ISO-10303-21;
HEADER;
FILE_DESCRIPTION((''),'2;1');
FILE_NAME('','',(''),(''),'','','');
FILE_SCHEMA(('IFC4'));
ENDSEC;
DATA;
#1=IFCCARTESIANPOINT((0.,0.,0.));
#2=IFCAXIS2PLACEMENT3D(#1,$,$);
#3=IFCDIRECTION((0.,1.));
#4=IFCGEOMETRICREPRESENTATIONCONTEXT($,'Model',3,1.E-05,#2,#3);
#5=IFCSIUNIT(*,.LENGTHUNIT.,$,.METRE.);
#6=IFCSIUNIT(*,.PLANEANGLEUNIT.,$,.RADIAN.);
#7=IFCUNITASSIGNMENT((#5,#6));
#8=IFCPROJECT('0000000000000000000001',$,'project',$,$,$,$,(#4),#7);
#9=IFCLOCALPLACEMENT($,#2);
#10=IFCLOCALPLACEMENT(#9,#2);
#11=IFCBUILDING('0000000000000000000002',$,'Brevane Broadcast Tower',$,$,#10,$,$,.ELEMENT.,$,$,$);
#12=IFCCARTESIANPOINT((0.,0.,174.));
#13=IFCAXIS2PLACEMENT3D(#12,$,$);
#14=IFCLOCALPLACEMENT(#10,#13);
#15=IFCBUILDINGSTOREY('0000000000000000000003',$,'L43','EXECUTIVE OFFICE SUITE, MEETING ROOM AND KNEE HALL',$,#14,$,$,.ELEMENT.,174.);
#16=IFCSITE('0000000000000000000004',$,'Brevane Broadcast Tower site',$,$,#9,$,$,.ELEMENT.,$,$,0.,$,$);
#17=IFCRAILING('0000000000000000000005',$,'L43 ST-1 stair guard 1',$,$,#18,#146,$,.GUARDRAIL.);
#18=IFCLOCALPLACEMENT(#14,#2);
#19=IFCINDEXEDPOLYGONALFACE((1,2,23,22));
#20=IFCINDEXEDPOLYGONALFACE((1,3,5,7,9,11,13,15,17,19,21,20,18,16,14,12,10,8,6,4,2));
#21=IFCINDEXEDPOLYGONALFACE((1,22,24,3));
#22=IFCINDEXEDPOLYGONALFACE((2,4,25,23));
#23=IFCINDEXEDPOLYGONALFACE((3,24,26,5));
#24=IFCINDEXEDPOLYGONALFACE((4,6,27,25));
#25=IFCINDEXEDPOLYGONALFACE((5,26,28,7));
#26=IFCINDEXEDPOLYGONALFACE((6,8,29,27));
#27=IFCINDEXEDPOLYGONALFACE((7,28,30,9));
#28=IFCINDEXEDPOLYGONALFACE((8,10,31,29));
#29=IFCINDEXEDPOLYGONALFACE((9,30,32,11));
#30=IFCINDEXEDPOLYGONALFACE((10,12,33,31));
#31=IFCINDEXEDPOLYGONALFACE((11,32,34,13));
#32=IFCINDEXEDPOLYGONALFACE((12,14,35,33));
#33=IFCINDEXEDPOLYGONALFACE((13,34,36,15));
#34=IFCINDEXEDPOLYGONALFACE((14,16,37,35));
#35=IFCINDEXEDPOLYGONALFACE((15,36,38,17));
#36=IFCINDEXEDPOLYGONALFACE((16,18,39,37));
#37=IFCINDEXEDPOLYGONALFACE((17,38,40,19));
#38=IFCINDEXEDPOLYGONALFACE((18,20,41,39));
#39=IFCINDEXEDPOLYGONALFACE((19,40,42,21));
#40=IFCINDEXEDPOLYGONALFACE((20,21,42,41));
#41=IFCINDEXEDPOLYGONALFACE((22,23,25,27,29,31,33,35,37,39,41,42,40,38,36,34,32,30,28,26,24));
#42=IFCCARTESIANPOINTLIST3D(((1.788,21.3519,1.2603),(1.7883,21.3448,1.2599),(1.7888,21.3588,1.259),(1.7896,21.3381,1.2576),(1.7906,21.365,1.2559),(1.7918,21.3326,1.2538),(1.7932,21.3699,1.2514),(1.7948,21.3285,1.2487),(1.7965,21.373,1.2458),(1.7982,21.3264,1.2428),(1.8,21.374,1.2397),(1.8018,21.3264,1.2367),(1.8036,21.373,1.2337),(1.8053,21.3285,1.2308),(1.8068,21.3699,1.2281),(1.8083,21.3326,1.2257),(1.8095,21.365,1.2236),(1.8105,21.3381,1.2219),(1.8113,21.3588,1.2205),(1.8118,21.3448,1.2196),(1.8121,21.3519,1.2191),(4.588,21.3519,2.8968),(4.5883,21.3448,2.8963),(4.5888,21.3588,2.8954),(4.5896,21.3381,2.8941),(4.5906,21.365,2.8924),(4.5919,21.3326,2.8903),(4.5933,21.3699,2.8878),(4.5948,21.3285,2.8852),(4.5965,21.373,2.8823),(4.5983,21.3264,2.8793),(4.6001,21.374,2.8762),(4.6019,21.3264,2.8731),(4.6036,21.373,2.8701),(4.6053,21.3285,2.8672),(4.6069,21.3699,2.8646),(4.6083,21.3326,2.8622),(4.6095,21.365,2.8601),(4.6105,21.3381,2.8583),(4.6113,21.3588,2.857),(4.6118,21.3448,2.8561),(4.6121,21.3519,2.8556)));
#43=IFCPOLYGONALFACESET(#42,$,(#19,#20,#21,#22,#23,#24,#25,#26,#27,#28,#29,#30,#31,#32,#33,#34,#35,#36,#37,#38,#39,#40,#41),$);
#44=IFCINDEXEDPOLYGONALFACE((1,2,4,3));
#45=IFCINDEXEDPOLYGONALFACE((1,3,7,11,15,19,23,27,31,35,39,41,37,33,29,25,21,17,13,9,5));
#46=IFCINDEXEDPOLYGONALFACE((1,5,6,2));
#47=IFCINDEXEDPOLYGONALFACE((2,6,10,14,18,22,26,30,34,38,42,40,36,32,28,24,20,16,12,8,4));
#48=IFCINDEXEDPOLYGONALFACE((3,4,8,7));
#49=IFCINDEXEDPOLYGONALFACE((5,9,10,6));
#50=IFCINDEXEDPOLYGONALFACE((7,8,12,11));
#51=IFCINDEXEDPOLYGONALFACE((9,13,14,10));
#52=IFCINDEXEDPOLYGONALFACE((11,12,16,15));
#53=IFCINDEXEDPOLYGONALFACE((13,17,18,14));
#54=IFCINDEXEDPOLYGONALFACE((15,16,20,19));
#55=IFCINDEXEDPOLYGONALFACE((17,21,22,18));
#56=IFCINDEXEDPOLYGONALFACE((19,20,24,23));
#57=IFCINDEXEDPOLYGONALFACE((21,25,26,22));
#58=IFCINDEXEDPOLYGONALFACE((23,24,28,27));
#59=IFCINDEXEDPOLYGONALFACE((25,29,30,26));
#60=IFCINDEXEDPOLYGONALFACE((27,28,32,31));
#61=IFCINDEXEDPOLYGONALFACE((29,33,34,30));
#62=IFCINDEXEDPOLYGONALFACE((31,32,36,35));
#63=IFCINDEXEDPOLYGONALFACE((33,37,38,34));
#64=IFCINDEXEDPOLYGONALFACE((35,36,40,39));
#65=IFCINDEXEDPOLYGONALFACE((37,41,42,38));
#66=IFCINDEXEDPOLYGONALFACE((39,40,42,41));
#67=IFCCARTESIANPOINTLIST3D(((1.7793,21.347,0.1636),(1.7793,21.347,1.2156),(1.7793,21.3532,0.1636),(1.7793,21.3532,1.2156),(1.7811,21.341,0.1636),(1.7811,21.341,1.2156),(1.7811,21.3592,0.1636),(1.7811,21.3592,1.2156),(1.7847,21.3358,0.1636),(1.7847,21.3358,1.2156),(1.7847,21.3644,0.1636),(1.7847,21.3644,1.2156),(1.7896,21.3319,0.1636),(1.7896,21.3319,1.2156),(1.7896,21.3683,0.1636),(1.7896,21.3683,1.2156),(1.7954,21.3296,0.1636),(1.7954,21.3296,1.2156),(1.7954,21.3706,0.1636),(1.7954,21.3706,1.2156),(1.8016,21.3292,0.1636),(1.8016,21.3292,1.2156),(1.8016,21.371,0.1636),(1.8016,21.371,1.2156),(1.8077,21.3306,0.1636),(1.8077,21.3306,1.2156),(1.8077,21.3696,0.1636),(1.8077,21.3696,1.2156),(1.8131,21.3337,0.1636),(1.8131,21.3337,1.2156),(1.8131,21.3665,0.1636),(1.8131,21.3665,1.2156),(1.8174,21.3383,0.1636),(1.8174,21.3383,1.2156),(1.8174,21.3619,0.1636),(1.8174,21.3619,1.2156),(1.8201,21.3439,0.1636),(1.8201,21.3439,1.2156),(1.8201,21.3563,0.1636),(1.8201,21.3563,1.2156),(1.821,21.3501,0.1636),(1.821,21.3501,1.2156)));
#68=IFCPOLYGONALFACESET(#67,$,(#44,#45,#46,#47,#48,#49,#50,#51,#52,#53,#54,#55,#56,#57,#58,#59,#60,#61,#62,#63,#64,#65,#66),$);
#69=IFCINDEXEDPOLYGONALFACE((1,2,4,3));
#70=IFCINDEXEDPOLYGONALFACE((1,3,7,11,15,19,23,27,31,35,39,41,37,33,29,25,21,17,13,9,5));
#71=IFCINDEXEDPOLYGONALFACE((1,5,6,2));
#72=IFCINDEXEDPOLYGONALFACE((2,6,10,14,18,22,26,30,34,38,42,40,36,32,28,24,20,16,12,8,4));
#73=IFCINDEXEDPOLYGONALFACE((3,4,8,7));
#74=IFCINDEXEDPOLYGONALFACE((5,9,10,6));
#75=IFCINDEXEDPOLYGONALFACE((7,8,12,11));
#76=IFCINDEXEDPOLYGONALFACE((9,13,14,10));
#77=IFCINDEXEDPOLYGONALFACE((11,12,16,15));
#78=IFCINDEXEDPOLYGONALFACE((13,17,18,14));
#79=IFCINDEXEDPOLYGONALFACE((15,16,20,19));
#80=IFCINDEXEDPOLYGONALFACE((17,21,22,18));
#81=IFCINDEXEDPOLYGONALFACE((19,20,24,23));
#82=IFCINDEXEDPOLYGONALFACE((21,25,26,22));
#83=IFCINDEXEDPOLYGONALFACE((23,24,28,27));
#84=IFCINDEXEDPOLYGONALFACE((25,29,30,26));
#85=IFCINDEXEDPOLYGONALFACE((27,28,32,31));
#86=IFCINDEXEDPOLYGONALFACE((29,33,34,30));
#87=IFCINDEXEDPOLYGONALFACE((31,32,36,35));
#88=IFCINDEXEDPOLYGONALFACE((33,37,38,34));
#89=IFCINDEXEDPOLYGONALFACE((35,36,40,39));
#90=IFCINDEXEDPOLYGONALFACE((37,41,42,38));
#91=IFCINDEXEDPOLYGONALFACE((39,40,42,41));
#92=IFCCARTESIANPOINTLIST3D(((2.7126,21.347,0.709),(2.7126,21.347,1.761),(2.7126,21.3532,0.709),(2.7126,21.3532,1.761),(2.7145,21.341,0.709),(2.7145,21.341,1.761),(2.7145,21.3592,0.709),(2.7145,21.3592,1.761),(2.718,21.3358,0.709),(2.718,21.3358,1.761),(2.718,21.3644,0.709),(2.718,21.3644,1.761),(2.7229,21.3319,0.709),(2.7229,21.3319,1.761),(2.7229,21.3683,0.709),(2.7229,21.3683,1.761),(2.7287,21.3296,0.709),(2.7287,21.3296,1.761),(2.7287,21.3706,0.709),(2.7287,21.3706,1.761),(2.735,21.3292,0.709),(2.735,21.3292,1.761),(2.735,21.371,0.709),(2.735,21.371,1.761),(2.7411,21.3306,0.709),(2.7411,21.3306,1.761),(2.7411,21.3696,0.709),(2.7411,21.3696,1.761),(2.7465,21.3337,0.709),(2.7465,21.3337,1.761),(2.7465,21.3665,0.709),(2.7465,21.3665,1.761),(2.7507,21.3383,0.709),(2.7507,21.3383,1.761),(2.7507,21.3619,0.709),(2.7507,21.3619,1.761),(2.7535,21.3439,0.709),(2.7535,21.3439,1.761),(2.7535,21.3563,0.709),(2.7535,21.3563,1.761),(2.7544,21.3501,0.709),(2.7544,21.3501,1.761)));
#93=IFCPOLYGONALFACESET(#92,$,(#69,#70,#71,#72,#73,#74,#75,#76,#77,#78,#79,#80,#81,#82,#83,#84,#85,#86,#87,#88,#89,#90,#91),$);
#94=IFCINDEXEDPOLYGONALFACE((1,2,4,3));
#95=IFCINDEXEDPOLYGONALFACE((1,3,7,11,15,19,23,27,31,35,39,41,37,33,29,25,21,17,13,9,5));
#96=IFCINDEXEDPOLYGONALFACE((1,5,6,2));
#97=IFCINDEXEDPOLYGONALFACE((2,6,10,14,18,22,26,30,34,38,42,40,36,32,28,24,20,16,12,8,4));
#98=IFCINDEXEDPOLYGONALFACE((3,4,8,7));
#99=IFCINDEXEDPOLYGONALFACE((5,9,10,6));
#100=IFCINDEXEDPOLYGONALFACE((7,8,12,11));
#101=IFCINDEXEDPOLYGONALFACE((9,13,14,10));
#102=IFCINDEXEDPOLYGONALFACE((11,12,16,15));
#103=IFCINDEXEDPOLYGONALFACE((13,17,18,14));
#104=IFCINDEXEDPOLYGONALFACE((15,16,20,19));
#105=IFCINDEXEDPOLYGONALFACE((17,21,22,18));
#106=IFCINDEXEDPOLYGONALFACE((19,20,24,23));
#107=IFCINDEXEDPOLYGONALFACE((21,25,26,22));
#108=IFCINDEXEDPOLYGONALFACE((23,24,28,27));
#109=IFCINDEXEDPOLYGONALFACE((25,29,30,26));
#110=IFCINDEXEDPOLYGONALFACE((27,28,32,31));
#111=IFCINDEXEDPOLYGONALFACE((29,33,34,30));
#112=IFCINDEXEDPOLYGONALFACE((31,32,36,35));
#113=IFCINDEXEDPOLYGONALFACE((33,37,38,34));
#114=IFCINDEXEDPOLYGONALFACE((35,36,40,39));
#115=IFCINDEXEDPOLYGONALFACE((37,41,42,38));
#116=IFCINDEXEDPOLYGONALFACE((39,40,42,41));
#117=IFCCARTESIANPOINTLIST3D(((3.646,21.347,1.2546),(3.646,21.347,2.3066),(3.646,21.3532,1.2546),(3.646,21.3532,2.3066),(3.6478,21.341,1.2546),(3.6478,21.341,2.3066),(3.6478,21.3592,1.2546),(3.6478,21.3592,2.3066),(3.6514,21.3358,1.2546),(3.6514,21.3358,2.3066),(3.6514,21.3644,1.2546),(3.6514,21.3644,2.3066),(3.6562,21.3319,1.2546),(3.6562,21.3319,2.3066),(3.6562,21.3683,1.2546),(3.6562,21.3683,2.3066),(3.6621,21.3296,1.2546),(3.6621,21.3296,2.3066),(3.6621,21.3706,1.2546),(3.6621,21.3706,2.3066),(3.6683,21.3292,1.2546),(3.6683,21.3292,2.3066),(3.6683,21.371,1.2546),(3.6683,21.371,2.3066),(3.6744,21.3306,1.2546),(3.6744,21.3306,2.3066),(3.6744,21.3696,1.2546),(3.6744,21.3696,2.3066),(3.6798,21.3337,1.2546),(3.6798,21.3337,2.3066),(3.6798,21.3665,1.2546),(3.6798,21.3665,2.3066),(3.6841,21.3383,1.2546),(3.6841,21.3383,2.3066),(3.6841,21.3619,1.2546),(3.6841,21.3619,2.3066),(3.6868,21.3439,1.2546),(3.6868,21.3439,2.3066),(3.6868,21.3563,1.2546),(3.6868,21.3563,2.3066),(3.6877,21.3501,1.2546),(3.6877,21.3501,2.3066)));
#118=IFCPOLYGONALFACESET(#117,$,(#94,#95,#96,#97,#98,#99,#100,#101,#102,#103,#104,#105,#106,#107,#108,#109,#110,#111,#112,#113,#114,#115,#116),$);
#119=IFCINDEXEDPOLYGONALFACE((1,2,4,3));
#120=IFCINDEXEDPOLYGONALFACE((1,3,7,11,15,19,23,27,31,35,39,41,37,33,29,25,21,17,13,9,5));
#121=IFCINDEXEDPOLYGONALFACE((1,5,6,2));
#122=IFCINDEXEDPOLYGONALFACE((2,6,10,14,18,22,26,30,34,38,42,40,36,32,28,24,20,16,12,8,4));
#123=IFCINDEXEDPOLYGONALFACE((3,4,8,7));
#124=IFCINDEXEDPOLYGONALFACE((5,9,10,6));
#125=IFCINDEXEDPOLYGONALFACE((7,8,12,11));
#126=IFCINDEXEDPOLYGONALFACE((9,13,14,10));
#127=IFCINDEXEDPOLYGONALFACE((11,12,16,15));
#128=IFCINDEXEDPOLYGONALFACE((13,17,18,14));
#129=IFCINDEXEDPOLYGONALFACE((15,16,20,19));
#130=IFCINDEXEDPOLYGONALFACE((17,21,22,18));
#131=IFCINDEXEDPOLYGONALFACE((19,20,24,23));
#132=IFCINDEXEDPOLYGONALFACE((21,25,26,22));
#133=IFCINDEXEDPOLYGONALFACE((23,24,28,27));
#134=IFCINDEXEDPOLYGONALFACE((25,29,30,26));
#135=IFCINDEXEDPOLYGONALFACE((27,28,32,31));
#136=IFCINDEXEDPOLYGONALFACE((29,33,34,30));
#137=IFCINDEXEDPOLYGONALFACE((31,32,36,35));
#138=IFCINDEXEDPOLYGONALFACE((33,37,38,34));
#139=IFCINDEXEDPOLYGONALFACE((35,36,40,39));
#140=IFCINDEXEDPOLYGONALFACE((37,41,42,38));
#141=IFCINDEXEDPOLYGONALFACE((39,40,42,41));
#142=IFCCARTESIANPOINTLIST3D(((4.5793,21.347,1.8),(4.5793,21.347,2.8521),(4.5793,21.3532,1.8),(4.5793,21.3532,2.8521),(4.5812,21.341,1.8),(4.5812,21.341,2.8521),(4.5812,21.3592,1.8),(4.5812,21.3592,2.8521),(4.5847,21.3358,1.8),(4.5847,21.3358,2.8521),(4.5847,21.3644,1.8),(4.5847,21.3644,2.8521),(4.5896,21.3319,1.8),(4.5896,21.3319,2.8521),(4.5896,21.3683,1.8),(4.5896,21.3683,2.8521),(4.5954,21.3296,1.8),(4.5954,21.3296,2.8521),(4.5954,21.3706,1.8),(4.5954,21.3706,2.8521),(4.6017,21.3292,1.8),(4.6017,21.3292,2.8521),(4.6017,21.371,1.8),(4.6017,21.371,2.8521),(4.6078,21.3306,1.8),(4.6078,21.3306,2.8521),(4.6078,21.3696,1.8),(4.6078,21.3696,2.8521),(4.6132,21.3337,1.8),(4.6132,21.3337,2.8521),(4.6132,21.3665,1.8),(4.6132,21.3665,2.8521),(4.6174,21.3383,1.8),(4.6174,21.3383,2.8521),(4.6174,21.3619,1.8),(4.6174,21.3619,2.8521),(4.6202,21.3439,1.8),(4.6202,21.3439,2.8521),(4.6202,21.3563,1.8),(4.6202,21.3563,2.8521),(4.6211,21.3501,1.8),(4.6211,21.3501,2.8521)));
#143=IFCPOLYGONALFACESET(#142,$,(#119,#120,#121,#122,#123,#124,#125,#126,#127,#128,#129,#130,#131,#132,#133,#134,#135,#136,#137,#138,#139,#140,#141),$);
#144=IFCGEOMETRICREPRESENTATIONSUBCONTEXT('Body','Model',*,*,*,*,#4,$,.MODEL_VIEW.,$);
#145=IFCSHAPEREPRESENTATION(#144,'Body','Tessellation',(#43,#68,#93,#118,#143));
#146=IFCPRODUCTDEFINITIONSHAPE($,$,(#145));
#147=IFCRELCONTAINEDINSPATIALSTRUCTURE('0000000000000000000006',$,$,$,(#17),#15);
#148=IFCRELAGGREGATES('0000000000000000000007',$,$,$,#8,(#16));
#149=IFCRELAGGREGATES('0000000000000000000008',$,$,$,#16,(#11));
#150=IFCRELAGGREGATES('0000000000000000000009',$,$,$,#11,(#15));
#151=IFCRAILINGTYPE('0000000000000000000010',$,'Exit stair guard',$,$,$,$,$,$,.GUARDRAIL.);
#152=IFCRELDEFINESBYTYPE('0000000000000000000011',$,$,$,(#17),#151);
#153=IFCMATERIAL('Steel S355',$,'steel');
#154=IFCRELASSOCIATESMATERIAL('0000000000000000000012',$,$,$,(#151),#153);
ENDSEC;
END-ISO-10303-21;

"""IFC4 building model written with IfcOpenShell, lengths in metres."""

from ifc_helpers import new_model, si_unit, direction, frame, origin, origin_2d, place, context, subcontext, project, spatial, circle, extrude, material, type_object, element, save


model = new_model("IFC4")

# Units and contexts
model_context = context("Model", 3, precision=1e-05, world=origin(), true_north=direction((0.0, 1.0)))
body_context = subcontext(model_context, "Body", "Model", "MODEL_VIEW")
ifc_project = project(units=[si_unit("LENGTHUNIT", "METRE"), si_unit("PLANEANGLEUNIT", "RADIAN")], contexts=[model_context])

# Site, building, storey
site_placement = place(None, origin())
site = spatial("IfcSite", under=ifc_project, at=site_placement, Name="Brevane Broadcast Tower site", CompositionType="ELEMENT", RefElevation=0.0)
building_placement = place(site_placement, origin())
building = spatial("IfcBuilding", under=site, at=building_placement, Name="Brevane Broadcast Tower", CompositionType="ELEMENT")
storey_placement = place(building_placement, frame((0.0, 0.0, 174.0)))
storey = spatial("IfcBuildingStorey", under=building, at=storey_placement, Name="L43", Description="EXECUTIVE OFFICE SUITE, MEETING ROOM AND KNEE HALL", CompositionType="ELEMENT", Elevation=174.0)

# Railing
ifc_material_1 = material(Name="Steel S355", Category="steel")
railing_type_1 = type_object("IfcRailingType", Name="Exit stair guard", PredefinedType="GUARDRAIL", material=ifc_material_1)
railing_1_placement = place(storey_placement, frame((1.8, 21.3501, 0.1636)))
element("IfcRailing", 1, at=railing_1_placement, inside=storey, type_object=railing_type_1, Name="L43 ST-1 stair guard 1", PredefinedType="GUARDRAIL", context=body_context, shape_type="SweptSolid", body=[
    extrude(circle(Radius=0.0239, at=origin_2d()), frame((0.0, 0.0, 1.0762), z_axis=(0.863361, 0.0, 0.504587), x_axis=(0.0, 1.0, 0.0)), (0.0, 0.0, 1.0), 3.2432),
    extrude(circle(Radius=0.021, at=origin_2d()), origin(), (0.0, 0.0, 1.0), 1.052),
    extrude(circle(Radius=0.021, at=origin_2d()), frame((0.9333, 0.0, 0.5454)), (0.0, 0.0, 1.0), 1.052),
    extrude(circle(Radius=0.021, at=origin_2d()), frame((1.8667, 0.0, 1.0911)), (0.0, 0.0, 1.0), 1.052),
    extrude(circle(Radius=0.021, at=origin_2d()), frame((2.8, 0.0, 1.6365)), (0.0, 0.0, 1.0), 1.052),
])

save(model, "model.ifc")
